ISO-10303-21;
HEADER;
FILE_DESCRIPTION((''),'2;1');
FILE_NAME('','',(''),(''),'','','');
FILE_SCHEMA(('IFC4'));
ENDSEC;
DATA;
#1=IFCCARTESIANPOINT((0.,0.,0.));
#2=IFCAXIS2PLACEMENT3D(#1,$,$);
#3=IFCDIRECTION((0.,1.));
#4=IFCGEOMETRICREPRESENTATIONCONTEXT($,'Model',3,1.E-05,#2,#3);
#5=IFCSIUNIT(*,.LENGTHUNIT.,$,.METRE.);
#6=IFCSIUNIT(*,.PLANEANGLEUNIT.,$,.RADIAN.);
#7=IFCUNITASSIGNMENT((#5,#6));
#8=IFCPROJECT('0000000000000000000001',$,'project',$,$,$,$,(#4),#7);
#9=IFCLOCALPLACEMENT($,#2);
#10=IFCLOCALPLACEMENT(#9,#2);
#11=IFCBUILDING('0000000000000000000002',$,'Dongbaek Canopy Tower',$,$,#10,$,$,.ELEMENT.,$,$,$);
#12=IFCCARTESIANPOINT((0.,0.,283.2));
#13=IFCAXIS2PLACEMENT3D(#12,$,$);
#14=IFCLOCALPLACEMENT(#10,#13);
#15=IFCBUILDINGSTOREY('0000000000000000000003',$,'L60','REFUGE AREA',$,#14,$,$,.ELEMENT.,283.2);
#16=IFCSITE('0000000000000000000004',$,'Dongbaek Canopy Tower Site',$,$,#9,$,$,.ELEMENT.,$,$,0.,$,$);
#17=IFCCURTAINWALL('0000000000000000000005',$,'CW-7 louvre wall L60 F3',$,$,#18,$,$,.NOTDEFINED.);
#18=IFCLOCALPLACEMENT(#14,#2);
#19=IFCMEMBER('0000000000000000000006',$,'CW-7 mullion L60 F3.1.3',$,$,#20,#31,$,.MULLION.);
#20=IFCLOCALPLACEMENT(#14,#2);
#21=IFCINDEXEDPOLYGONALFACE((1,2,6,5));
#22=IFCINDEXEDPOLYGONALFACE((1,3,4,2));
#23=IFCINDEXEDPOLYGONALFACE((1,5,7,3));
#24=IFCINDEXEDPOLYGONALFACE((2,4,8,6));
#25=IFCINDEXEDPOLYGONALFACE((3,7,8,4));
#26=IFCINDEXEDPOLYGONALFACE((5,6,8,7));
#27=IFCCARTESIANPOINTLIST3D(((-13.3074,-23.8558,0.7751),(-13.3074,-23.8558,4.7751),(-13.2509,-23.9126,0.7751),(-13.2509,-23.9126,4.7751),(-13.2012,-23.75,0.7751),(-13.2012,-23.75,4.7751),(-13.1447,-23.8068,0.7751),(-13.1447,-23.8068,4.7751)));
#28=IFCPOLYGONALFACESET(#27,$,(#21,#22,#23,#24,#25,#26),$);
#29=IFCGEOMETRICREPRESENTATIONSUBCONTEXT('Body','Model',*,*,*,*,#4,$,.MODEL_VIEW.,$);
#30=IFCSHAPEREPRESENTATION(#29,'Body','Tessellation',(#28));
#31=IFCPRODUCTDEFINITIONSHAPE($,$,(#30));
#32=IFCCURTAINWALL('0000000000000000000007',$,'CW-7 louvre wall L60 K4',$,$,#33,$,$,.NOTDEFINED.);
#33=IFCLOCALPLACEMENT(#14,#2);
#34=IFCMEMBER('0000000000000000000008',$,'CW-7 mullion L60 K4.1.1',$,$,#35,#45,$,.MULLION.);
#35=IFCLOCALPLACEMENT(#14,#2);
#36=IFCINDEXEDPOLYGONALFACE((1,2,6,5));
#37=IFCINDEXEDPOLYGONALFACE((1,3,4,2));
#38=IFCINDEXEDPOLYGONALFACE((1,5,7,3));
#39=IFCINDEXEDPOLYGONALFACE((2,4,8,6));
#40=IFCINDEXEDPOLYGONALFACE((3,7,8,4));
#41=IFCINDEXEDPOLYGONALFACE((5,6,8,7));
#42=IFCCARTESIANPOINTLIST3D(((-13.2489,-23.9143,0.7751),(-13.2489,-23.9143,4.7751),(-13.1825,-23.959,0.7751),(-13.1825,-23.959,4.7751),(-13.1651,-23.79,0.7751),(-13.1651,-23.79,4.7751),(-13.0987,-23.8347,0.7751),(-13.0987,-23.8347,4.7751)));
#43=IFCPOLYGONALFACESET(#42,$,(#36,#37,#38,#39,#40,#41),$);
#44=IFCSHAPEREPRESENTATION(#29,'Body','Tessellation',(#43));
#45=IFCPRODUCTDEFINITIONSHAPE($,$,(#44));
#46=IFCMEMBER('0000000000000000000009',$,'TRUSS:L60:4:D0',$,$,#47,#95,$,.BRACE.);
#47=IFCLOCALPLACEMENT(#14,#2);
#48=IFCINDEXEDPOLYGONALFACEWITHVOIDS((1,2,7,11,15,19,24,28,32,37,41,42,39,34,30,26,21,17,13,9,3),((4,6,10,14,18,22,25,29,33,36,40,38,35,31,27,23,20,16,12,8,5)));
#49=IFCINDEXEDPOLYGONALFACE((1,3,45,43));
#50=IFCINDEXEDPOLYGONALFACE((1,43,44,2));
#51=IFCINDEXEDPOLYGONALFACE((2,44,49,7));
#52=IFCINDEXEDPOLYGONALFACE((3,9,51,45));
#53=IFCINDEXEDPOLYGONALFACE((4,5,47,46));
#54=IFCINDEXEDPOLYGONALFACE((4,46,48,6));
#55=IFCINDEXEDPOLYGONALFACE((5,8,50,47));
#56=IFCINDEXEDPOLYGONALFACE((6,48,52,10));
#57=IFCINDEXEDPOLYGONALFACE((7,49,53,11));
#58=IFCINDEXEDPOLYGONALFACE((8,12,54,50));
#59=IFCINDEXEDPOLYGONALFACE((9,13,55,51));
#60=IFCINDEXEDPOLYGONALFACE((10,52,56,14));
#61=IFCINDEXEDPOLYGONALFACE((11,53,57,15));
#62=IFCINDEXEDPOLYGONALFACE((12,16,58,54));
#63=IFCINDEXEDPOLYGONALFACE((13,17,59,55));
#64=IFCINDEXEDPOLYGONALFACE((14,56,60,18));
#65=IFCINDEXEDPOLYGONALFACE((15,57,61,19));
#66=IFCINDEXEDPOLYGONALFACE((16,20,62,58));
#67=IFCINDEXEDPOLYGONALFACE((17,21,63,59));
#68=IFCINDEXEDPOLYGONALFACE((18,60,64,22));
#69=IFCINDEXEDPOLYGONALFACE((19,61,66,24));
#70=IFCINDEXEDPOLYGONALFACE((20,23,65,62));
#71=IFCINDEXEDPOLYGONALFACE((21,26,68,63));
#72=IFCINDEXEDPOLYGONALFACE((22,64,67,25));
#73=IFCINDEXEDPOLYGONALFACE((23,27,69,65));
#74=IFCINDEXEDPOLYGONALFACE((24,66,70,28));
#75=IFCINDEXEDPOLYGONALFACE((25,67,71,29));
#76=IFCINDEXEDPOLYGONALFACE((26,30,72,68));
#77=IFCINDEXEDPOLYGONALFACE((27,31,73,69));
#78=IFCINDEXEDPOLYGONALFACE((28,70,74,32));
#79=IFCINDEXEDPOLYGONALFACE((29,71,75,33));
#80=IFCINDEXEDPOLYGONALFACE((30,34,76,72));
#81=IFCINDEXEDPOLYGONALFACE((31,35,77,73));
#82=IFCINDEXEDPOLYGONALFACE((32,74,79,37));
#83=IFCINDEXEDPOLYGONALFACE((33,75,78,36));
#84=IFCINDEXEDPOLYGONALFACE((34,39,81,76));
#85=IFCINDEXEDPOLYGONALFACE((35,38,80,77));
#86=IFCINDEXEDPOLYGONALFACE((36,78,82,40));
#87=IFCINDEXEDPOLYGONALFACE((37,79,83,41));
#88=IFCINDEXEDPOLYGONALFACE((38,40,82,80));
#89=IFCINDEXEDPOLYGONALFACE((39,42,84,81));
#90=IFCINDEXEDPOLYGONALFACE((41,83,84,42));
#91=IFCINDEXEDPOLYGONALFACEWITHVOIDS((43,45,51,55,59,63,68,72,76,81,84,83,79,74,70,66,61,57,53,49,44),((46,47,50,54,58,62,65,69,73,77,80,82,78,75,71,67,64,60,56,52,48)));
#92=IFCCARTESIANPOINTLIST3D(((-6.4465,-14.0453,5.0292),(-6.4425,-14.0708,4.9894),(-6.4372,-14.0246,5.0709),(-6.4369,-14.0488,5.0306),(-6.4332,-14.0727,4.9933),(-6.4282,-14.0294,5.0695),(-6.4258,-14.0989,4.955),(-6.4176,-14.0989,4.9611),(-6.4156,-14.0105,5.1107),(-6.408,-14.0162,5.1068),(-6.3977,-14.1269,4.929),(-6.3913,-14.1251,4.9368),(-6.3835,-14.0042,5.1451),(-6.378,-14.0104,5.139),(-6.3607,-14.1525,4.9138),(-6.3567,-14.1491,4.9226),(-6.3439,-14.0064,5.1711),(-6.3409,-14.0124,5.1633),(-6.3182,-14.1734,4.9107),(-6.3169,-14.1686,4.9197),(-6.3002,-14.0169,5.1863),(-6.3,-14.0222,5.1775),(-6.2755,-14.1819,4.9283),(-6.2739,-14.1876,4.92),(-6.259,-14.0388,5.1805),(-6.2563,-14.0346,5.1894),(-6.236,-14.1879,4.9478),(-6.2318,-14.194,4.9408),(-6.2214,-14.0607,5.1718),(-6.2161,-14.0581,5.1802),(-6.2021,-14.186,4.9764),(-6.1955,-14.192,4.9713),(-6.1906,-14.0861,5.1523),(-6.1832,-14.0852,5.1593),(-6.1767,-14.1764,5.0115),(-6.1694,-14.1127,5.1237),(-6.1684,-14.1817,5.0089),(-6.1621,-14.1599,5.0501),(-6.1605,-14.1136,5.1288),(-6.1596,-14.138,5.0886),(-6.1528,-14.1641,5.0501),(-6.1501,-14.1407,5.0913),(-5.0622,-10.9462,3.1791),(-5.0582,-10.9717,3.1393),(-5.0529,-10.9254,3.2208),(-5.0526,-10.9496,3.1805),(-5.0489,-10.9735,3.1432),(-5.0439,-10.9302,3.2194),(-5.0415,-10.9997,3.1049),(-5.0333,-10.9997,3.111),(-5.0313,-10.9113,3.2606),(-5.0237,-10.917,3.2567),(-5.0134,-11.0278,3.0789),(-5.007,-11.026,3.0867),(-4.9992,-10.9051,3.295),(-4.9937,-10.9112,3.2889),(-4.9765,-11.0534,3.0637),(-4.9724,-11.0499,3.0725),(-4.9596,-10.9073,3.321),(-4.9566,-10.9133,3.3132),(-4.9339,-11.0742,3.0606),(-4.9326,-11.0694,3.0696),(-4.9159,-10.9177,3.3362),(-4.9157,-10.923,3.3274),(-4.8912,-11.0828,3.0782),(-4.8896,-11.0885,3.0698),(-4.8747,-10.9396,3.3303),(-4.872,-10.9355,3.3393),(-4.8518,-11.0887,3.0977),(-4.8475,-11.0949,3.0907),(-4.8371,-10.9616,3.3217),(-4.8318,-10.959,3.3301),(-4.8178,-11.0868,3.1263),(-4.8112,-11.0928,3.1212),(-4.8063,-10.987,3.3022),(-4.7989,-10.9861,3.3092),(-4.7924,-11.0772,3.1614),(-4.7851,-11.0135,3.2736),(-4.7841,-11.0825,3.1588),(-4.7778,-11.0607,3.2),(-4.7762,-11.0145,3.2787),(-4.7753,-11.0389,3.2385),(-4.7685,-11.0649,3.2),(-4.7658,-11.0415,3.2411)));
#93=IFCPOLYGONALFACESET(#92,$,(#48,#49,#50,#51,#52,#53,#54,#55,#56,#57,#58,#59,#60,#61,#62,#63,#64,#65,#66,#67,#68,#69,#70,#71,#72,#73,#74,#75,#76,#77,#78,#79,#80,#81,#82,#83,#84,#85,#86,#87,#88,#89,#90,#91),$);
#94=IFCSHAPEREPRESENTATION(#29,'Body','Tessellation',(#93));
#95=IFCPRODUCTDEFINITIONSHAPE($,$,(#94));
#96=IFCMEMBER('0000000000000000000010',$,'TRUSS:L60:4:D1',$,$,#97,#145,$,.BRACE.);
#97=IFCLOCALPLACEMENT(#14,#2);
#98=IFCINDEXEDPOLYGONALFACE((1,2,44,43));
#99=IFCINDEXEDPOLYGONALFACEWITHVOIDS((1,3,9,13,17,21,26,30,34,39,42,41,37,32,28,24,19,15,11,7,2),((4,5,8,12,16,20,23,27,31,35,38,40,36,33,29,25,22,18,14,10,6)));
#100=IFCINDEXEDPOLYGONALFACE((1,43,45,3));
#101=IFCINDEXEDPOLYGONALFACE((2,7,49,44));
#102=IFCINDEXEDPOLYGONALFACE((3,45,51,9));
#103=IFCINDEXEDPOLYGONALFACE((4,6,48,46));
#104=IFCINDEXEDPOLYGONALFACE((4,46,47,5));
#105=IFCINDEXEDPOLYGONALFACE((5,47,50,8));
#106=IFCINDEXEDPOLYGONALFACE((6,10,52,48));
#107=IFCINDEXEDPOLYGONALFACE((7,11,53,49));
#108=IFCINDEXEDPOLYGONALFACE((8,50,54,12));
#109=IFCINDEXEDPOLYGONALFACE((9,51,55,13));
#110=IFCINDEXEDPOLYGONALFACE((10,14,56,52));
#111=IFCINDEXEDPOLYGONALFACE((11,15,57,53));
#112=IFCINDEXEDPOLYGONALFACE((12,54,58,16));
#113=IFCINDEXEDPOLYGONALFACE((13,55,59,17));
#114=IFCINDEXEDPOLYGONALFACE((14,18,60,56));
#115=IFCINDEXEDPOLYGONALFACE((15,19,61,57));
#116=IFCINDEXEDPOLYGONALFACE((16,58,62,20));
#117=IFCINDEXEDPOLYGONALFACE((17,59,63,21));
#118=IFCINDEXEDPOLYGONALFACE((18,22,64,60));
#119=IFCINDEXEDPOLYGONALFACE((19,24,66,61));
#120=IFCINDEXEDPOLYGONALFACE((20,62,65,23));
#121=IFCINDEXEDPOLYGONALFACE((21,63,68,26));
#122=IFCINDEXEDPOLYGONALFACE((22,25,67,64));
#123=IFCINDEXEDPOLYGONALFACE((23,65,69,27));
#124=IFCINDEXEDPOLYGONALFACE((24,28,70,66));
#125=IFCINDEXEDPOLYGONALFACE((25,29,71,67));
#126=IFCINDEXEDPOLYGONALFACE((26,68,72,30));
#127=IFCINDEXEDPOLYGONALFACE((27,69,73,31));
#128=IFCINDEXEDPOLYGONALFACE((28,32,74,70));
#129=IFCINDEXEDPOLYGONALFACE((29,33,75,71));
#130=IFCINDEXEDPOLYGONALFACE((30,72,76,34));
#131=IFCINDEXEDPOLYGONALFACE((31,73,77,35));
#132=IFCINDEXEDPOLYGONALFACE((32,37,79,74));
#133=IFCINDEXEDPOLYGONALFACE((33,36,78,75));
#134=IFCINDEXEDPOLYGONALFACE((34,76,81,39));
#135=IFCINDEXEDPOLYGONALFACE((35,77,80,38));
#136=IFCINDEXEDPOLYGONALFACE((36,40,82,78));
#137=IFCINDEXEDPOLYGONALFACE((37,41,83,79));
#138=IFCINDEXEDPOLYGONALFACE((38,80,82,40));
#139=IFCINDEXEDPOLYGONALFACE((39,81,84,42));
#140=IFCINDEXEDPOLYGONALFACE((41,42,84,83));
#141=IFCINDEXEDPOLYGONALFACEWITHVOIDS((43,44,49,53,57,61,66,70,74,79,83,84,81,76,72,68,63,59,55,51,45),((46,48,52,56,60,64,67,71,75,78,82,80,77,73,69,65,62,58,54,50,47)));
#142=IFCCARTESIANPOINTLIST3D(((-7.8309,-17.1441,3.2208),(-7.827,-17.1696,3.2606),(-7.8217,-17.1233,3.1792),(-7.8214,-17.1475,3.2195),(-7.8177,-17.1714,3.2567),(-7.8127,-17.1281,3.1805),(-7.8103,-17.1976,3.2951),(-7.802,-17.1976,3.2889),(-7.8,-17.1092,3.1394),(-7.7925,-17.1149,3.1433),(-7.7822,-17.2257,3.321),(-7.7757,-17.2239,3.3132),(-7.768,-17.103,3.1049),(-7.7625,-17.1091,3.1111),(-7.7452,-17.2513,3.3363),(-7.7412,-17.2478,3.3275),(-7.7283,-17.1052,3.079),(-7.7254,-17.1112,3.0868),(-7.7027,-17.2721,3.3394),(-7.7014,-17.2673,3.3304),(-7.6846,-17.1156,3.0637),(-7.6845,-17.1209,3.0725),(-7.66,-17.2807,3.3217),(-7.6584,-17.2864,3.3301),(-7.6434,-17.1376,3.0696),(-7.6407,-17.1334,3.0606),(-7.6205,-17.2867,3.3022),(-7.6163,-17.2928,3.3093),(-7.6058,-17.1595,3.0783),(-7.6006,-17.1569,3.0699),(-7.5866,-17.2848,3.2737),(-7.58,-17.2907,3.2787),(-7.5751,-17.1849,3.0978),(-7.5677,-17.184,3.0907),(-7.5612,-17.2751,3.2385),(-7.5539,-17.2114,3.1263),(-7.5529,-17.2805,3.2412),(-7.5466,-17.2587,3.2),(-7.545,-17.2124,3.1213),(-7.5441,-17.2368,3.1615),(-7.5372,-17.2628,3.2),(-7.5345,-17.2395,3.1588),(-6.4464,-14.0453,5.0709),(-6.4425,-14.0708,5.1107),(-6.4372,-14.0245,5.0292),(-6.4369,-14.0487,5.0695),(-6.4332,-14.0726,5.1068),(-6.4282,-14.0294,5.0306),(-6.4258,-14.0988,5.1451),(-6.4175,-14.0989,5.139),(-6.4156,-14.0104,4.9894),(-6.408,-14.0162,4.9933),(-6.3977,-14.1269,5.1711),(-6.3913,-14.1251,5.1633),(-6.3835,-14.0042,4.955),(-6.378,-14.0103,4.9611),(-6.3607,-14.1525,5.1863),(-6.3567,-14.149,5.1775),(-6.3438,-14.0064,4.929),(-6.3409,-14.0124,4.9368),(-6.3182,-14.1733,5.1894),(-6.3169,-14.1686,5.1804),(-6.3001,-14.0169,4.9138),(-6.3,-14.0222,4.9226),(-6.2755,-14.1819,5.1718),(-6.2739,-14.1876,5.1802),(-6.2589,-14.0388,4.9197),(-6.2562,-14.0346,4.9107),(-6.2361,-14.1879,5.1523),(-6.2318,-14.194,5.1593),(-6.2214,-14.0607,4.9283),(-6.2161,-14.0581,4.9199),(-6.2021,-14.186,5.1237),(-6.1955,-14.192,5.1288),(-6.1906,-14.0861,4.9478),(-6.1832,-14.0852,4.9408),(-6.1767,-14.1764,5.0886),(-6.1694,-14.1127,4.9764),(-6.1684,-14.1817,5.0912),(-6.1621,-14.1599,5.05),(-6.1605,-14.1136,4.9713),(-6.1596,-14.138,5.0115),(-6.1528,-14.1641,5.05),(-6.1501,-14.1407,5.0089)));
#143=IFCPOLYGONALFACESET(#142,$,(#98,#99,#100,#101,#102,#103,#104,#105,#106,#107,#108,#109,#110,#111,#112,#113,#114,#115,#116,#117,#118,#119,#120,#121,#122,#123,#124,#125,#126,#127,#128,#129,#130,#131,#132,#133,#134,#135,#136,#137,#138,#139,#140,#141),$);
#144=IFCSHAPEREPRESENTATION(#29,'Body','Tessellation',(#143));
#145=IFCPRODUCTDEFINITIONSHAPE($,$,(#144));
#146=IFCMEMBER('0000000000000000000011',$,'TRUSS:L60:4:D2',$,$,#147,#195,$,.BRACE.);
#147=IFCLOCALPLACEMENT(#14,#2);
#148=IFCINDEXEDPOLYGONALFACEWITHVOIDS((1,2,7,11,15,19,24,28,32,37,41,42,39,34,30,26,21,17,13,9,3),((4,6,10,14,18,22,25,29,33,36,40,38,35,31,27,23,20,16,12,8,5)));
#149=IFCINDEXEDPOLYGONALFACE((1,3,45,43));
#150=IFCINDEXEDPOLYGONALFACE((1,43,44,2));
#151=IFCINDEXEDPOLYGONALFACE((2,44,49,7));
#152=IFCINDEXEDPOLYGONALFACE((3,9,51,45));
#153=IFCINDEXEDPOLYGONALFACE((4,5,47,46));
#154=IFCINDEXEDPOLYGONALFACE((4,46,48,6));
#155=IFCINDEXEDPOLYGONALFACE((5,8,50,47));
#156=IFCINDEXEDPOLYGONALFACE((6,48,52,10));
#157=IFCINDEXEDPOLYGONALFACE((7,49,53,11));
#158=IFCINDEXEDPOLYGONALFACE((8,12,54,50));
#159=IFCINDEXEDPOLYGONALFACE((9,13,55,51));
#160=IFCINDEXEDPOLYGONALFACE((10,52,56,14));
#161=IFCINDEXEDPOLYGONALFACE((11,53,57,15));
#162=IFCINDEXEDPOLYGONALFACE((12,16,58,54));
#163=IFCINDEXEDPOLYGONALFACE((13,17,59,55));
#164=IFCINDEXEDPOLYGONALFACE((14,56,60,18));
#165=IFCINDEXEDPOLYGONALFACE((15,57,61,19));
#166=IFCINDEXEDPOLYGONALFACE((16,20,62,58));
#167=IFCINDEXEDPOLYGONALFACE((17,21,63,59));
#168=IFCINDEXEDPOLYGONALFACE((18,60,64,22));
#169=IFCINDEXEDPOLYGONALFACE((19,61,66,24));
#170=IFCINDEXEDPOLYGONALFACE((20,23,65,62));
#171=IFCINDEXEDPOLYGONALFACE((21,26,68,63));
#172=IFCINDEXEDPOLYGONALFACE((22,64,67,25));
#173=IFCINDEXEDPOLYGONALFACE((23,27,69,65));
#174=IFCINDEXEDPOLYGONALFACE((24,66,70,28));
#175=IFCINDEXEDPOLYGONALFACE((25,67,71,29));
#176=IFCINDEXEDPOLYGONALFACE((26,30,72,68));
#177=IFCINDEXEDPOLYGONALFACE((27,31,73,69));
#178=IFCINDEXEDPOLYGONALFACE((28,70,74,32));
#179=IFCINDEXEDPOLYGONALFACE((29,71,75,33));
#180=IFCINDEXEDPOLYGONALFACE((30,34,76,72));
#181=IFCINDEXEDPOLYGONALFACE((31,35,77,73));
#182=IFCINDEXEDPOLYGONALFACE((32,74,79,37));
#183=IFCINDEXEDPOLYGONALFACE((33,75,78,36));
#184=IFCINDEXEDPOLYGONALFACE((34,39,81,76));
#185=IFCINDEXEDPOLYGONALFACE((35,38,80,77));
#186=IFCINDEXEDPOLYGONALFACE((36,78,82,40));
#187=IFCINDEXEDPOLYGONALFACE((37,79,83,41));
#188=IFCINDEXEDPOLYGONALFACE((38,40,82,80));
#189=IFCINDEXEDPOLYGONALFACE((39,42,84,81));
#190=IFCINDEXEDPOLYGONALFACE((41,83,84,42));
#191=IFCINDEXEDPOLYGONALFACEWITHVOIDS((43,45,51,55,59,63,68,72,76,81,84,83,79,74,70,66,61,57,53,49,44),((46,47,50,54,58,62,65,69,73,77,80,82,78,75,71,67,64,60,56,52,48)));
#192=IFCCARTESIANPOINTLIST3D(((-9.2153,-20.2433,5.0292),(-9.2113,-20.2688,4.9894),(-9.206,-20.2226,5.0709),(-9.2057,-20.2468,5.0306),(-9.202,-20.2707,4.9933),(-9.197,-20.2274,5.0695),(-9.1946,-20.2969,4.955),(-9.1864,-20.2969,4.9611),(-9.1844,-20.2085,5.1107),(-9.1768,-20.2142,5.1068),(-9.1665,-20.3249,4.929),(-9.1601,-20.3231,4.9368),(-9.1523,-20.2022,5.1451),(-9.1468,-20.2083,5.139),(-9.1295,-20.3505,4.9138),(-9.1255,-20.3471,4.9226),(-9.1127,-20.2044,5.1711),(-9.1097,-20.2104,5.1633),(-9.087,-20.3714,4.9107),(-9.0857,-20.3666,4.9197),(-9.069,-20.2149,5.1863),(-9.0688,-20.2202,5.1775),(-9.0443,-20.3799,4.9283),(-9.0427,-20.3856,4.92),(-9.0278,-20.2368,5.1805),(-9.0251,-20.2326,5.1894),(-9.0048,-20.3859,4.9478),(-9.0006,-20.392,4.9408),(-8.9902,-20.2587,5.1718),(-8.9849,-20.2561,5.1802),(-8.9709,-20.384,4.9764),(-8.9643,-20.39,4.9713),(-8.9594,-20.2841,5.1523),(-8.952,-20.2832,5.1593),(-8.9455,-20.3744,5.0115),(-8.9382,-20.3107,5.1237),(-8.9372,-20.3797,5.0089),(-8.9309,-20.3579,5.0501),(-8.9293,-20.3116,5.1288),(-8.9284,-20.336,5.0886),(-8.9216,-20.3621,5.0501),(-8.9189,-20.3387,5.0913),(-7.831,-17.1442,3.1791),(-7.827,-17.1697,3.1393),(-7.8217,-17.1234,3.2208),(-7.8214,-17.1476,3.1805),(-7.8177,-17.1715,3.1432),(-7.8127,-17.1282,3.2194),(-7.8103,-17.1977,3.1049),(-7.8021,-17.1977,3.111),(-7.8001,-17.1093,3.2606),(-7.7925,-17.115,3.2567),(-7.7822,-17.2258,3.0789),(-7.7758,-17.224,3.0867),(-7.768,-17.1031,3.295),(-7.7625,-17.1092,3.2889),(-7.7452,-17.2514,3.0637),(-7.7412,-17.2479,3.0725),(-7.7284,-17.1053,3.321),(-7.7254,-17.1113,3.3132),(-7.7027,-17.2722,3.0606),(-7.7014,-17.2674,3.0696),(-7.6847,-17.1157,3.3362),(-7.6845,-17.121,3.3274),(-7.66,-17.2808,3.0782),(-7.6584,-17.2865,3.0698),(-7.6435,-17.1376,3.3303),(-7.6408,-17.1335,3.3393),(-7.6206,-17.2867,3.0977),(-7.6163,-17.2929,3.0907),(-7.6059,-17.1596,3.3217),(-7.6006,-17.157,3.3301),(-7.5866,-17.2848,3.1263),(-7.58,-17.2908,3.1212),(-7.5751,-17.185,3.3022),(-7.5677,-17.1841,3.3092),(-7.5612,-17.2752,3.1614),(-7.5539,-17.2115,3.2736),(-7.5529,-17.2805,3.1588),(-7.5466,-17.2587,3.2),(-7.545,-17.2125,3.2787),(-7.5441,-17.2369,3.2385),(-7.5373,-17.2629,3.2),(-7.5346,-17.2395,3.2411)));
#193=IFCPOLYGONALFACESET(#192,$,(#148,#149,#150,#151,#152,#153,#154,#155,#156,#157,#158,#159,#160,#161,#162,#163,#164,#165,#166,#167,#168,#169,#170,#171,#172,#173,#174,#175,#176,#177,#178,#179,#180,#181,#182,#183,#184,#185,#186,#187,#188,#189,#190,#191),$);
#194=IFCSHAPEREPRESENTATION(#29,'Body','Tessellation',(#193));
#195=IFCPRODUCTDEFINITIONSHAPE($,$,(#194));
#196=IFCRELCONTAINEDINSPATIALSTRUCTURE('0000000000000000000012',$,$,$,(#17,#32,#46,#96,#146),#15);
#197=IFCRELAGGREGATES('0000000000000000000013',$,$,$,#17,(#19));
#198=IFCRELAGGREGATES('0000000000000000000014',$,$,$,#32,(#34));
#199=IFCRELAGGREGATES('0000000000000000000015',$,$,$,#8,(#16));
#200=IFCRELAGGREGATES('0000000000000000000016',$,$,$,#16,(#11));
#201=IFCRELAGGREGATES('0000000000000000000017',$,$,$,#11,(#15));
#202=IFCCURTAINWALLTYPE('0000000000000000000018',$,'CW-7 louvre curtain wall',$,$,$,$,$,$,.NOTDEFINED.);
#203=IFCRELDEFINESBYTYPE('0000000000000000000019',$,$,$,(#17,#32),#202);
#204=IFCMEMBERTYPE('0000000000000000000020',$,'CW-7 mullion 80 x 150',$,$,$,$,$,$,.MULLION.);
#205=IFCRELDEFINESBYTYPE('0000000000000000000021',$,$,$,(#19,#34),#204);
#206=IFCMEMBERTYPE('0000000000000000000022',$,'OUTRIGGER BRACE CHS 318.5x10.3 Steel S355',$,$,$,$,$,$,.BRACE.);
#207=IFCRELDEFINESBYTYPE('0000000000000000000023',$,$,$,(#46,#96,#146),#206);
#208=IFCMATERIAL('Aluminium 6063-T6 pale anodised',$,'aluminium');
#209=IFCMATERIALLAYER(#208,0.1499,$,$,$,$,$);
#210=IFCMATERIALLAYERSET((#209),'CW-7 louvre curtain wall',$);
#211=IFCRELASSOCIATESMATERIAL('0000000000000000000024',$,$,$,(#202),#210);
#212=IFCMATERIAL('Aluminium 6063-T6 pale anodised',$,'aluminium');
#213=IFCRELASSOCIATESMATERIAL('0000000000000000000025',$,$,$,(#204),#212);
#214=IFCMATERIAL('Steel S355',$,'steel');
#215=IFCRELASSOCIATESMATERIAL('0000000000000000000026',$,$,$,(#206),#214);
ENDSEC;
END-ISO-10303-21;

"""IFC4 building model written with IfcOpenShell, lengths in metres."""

from ifc_helpers import new_model, si_unit, direction, frame, origin, origin_2d, place, context, subcontext, project, spatial, rectangle, hollow_circle, extrude, material, layer, layer_set, material_profile, profile_set, type_object, element, aggregate, save


model = new_model("IFC4")

# Units and contexts
model_context = context("Model", 3, precision=1e-05, world=origin(), true_north=direction((0.0, 1.0)))
body_context = subcontext(model_context, "Body", "Model", "MODEL_VIEW")
ifc_project = project(units=[si_unit("LENGTHUNIT", "METRE"), si_unit("PLANEANGLEUNIT", "RADIAN")], contexts=[model_context])

# Site, building, storey
site_placement = place(None, origin())
site = spatial("IfcSite", under=ifc_project, at=site_placement, Name="Dongbaek Canopy Tower Site", CompositionType="ELEMENT", RefElevation=0.0)
building_placement = place(site_placement, origin())
building = spatial("IfcBuilding", under=site, at=building_placement, Name="Dongbaek Canopy Tower", CompositionType="ELEMENT")
storey_placement = place(building_placement, frame((0.0, 0.0, 283.2)))
storey = spatial("IfcBuildingStorey", under=building, at=storey_placement, Name="L60", Description="REFUGE AREA", CompositionType="ELEMENT", Elevation=283.2)

# Curtain walls, members
ifc_material_1 = material(Name="Aluminium 6063-T6 pale anodised", Category="aluminium")
ifc_layer_1 = layer(ifc_material_1, 0.1499)
ifc_layer_set_1 = layer_set([ifc_layer_1], Name="CW-7 louvre curtain wall")
curtain_wall_type = type_object("IfcCurtainWallType", Name="CW-7 louvre curtain wall", PredefinedType="NOTDEFINED", material=ifc_layer_set_1)
curtain_wall_1_placement = place(storey_placement, origin())
curtain_wall_1 = element("IfcCurtainWall", 1, at=curtain_wall_1_placement, inside=storey, type_object=curtain_wall_type, Name="CW-7 louvre wall L60 F3", PredefinedType="NOTDEFINED")
ifc_material_2 = material(Name="Aluminium 6063-T6 pale anodised", Category="aluminium")
ifc_material_profile_1 = material_profile(ifc_material_2, rectangle(XDim=0.1499, YDim=0.0801, at=origin_2d()), Name="CW-7 mullion 80 x 150")
ifc_profile_set_1 = profile_set([ifc_material_profile_1], Name="Aluminium 6063-T6 pale anodised")
member_type_1 = type_object("IfcMemberType", Name="CW-7 mullion 80 x 150", PredefinedType="MULLION", material=ifc_profile_set_1)
member_1_placement = place(storey_placement, frame((-13.2261, -23.8313, 0.7751), z_axis=(0.0, 0.0, 1.0), x_axis=(-0.708443, -0.705768, 0.0)))
member_1 = element("IfcMember", 2, at=member_1_placement, type_object=member_type_1, Name="CW-7 mullion L60 F3.1.3", PredefinedType="MULLION", context=body_context, shape_type="SweptSolid", body=[
    extrude(rectangle(XDim=0.1499, YDim=0.0801, at=origin_2d()), origin(), (0.0, 0.0, 1.0), 4.0),
])
aggregate(curtain_wall_1, [member_1])
curtain_wall_2_placement = place(storey_placement, origin())
curtain_wall_2 = element("IfcCurtainWall", 3, at=curtain_wall_2_placement, inside=storey, type_object=curtain_wall_type, Name="CW-7 louvre wall L60 K4", PredefinedType="NOTDEFINED")
member_2_placement = place(storey_placement, frame((-13.1738, -23.8745, 0.7751), z_axis=(0.0, 0.0, 1.0), x_axis=(-0.558918, -0.829223, 0.0)))
member_2 = element("IfcMember", 4, at=member_2_placement, type_object=member_type_1, Name="CW-7 mullion L60 K4.1.1", PredefinedType="MULLION", context=body_context, shape_type="SweptSolid", body=[
    extrude(rectangle(XDim=0.1499, YDim=0.0801, at=origin_2d()), origin(), (0.0, 0.0, 1.0), 4.0),
])
aggregate(curtain_wall_2, [member_2])

# Members
ifc_material_3 = material(Name="Steel S355", Category="steel")
ifc_material_profile_2 = material_profile(ifc_material_3, hollow_circle(Radius=0.1592, WallThickness=0.0103, at=origin_2d()), Name="OUTRIGGER BRACE CHS 318.5x10.3 Steel S355")
ifc_profile_set_2 = profile_set([ifc_material_profile_2], Name="Steel S355")
member_type_2 = type_object("IfcMemberType", Name="OUTRIGGER BRACE CHS 318.5x10.3 Steel S355", PredefinedType="BRACE", material=ifc_profile_set_2)
member_3_placement = place(storey_placement, frame((-4.9138, -11.0, 3.2), z_axis=(-0.358092, -0.801697, 0.478593), x_axis=(0.913057, -0.407833, 0.0)))
element("IfcMember", 5, at=member_3_placement, inside=storey, type_object=member_type_2, Name="TRUSS:L60:4:D0", PredefinedType="BRACE", context=body_context, shape_type="SweptSolid", body=[
    extrude(hollow_circle(Radius=0.1592, WallThickness=0.0103, at=origin_2d()), origin(), (0.0, 0.0, 1.0), 3.8657),
])
member_4_placement = place(storey_placement, frame((-6.2981, -14.0991, 5.05), z_axis=(-0.358165, -0.801657, -0.478607), x_axis=(0.913018, -0.40792, 0.0)))
element("IfcMember", 6, at=member_4_placement, inside=storey, type_object=member_type_2, Name="TRUSS:L60:4:D1", PredefinedType="BRACE", context=body_context, shape_type="SweptSolid", body=[
    extrude(hollow_circle(Radius=0.1592, WallThickness=0.0103, at=origin_2d()), origin(), (0.0, 0.0, 1.0), 3.8655),
])
member_5_placement = place(storey_placement, frame((-7.6826, -17.198, 3.2), z_axis=(-0.358092, -0.801697, 0.478593), x_axis=(0.913057, -0.407833, 0.0)))
element("IfcMember", 7, at=member_5_placement, inside=storey, type_object=member_type_2, Name="TRUSS:L60:4:D2", PredefinedType="BRACE", context=body_context, shape_type="SweptSolid", body=[
    extrude(hollow_circle(Radius=0.1592, WallThickness=0.0103, at=origin_2d()), origin(), (0.0, 0.0, 1.0), 3.8657),
])

save(model, "model.ifc")
